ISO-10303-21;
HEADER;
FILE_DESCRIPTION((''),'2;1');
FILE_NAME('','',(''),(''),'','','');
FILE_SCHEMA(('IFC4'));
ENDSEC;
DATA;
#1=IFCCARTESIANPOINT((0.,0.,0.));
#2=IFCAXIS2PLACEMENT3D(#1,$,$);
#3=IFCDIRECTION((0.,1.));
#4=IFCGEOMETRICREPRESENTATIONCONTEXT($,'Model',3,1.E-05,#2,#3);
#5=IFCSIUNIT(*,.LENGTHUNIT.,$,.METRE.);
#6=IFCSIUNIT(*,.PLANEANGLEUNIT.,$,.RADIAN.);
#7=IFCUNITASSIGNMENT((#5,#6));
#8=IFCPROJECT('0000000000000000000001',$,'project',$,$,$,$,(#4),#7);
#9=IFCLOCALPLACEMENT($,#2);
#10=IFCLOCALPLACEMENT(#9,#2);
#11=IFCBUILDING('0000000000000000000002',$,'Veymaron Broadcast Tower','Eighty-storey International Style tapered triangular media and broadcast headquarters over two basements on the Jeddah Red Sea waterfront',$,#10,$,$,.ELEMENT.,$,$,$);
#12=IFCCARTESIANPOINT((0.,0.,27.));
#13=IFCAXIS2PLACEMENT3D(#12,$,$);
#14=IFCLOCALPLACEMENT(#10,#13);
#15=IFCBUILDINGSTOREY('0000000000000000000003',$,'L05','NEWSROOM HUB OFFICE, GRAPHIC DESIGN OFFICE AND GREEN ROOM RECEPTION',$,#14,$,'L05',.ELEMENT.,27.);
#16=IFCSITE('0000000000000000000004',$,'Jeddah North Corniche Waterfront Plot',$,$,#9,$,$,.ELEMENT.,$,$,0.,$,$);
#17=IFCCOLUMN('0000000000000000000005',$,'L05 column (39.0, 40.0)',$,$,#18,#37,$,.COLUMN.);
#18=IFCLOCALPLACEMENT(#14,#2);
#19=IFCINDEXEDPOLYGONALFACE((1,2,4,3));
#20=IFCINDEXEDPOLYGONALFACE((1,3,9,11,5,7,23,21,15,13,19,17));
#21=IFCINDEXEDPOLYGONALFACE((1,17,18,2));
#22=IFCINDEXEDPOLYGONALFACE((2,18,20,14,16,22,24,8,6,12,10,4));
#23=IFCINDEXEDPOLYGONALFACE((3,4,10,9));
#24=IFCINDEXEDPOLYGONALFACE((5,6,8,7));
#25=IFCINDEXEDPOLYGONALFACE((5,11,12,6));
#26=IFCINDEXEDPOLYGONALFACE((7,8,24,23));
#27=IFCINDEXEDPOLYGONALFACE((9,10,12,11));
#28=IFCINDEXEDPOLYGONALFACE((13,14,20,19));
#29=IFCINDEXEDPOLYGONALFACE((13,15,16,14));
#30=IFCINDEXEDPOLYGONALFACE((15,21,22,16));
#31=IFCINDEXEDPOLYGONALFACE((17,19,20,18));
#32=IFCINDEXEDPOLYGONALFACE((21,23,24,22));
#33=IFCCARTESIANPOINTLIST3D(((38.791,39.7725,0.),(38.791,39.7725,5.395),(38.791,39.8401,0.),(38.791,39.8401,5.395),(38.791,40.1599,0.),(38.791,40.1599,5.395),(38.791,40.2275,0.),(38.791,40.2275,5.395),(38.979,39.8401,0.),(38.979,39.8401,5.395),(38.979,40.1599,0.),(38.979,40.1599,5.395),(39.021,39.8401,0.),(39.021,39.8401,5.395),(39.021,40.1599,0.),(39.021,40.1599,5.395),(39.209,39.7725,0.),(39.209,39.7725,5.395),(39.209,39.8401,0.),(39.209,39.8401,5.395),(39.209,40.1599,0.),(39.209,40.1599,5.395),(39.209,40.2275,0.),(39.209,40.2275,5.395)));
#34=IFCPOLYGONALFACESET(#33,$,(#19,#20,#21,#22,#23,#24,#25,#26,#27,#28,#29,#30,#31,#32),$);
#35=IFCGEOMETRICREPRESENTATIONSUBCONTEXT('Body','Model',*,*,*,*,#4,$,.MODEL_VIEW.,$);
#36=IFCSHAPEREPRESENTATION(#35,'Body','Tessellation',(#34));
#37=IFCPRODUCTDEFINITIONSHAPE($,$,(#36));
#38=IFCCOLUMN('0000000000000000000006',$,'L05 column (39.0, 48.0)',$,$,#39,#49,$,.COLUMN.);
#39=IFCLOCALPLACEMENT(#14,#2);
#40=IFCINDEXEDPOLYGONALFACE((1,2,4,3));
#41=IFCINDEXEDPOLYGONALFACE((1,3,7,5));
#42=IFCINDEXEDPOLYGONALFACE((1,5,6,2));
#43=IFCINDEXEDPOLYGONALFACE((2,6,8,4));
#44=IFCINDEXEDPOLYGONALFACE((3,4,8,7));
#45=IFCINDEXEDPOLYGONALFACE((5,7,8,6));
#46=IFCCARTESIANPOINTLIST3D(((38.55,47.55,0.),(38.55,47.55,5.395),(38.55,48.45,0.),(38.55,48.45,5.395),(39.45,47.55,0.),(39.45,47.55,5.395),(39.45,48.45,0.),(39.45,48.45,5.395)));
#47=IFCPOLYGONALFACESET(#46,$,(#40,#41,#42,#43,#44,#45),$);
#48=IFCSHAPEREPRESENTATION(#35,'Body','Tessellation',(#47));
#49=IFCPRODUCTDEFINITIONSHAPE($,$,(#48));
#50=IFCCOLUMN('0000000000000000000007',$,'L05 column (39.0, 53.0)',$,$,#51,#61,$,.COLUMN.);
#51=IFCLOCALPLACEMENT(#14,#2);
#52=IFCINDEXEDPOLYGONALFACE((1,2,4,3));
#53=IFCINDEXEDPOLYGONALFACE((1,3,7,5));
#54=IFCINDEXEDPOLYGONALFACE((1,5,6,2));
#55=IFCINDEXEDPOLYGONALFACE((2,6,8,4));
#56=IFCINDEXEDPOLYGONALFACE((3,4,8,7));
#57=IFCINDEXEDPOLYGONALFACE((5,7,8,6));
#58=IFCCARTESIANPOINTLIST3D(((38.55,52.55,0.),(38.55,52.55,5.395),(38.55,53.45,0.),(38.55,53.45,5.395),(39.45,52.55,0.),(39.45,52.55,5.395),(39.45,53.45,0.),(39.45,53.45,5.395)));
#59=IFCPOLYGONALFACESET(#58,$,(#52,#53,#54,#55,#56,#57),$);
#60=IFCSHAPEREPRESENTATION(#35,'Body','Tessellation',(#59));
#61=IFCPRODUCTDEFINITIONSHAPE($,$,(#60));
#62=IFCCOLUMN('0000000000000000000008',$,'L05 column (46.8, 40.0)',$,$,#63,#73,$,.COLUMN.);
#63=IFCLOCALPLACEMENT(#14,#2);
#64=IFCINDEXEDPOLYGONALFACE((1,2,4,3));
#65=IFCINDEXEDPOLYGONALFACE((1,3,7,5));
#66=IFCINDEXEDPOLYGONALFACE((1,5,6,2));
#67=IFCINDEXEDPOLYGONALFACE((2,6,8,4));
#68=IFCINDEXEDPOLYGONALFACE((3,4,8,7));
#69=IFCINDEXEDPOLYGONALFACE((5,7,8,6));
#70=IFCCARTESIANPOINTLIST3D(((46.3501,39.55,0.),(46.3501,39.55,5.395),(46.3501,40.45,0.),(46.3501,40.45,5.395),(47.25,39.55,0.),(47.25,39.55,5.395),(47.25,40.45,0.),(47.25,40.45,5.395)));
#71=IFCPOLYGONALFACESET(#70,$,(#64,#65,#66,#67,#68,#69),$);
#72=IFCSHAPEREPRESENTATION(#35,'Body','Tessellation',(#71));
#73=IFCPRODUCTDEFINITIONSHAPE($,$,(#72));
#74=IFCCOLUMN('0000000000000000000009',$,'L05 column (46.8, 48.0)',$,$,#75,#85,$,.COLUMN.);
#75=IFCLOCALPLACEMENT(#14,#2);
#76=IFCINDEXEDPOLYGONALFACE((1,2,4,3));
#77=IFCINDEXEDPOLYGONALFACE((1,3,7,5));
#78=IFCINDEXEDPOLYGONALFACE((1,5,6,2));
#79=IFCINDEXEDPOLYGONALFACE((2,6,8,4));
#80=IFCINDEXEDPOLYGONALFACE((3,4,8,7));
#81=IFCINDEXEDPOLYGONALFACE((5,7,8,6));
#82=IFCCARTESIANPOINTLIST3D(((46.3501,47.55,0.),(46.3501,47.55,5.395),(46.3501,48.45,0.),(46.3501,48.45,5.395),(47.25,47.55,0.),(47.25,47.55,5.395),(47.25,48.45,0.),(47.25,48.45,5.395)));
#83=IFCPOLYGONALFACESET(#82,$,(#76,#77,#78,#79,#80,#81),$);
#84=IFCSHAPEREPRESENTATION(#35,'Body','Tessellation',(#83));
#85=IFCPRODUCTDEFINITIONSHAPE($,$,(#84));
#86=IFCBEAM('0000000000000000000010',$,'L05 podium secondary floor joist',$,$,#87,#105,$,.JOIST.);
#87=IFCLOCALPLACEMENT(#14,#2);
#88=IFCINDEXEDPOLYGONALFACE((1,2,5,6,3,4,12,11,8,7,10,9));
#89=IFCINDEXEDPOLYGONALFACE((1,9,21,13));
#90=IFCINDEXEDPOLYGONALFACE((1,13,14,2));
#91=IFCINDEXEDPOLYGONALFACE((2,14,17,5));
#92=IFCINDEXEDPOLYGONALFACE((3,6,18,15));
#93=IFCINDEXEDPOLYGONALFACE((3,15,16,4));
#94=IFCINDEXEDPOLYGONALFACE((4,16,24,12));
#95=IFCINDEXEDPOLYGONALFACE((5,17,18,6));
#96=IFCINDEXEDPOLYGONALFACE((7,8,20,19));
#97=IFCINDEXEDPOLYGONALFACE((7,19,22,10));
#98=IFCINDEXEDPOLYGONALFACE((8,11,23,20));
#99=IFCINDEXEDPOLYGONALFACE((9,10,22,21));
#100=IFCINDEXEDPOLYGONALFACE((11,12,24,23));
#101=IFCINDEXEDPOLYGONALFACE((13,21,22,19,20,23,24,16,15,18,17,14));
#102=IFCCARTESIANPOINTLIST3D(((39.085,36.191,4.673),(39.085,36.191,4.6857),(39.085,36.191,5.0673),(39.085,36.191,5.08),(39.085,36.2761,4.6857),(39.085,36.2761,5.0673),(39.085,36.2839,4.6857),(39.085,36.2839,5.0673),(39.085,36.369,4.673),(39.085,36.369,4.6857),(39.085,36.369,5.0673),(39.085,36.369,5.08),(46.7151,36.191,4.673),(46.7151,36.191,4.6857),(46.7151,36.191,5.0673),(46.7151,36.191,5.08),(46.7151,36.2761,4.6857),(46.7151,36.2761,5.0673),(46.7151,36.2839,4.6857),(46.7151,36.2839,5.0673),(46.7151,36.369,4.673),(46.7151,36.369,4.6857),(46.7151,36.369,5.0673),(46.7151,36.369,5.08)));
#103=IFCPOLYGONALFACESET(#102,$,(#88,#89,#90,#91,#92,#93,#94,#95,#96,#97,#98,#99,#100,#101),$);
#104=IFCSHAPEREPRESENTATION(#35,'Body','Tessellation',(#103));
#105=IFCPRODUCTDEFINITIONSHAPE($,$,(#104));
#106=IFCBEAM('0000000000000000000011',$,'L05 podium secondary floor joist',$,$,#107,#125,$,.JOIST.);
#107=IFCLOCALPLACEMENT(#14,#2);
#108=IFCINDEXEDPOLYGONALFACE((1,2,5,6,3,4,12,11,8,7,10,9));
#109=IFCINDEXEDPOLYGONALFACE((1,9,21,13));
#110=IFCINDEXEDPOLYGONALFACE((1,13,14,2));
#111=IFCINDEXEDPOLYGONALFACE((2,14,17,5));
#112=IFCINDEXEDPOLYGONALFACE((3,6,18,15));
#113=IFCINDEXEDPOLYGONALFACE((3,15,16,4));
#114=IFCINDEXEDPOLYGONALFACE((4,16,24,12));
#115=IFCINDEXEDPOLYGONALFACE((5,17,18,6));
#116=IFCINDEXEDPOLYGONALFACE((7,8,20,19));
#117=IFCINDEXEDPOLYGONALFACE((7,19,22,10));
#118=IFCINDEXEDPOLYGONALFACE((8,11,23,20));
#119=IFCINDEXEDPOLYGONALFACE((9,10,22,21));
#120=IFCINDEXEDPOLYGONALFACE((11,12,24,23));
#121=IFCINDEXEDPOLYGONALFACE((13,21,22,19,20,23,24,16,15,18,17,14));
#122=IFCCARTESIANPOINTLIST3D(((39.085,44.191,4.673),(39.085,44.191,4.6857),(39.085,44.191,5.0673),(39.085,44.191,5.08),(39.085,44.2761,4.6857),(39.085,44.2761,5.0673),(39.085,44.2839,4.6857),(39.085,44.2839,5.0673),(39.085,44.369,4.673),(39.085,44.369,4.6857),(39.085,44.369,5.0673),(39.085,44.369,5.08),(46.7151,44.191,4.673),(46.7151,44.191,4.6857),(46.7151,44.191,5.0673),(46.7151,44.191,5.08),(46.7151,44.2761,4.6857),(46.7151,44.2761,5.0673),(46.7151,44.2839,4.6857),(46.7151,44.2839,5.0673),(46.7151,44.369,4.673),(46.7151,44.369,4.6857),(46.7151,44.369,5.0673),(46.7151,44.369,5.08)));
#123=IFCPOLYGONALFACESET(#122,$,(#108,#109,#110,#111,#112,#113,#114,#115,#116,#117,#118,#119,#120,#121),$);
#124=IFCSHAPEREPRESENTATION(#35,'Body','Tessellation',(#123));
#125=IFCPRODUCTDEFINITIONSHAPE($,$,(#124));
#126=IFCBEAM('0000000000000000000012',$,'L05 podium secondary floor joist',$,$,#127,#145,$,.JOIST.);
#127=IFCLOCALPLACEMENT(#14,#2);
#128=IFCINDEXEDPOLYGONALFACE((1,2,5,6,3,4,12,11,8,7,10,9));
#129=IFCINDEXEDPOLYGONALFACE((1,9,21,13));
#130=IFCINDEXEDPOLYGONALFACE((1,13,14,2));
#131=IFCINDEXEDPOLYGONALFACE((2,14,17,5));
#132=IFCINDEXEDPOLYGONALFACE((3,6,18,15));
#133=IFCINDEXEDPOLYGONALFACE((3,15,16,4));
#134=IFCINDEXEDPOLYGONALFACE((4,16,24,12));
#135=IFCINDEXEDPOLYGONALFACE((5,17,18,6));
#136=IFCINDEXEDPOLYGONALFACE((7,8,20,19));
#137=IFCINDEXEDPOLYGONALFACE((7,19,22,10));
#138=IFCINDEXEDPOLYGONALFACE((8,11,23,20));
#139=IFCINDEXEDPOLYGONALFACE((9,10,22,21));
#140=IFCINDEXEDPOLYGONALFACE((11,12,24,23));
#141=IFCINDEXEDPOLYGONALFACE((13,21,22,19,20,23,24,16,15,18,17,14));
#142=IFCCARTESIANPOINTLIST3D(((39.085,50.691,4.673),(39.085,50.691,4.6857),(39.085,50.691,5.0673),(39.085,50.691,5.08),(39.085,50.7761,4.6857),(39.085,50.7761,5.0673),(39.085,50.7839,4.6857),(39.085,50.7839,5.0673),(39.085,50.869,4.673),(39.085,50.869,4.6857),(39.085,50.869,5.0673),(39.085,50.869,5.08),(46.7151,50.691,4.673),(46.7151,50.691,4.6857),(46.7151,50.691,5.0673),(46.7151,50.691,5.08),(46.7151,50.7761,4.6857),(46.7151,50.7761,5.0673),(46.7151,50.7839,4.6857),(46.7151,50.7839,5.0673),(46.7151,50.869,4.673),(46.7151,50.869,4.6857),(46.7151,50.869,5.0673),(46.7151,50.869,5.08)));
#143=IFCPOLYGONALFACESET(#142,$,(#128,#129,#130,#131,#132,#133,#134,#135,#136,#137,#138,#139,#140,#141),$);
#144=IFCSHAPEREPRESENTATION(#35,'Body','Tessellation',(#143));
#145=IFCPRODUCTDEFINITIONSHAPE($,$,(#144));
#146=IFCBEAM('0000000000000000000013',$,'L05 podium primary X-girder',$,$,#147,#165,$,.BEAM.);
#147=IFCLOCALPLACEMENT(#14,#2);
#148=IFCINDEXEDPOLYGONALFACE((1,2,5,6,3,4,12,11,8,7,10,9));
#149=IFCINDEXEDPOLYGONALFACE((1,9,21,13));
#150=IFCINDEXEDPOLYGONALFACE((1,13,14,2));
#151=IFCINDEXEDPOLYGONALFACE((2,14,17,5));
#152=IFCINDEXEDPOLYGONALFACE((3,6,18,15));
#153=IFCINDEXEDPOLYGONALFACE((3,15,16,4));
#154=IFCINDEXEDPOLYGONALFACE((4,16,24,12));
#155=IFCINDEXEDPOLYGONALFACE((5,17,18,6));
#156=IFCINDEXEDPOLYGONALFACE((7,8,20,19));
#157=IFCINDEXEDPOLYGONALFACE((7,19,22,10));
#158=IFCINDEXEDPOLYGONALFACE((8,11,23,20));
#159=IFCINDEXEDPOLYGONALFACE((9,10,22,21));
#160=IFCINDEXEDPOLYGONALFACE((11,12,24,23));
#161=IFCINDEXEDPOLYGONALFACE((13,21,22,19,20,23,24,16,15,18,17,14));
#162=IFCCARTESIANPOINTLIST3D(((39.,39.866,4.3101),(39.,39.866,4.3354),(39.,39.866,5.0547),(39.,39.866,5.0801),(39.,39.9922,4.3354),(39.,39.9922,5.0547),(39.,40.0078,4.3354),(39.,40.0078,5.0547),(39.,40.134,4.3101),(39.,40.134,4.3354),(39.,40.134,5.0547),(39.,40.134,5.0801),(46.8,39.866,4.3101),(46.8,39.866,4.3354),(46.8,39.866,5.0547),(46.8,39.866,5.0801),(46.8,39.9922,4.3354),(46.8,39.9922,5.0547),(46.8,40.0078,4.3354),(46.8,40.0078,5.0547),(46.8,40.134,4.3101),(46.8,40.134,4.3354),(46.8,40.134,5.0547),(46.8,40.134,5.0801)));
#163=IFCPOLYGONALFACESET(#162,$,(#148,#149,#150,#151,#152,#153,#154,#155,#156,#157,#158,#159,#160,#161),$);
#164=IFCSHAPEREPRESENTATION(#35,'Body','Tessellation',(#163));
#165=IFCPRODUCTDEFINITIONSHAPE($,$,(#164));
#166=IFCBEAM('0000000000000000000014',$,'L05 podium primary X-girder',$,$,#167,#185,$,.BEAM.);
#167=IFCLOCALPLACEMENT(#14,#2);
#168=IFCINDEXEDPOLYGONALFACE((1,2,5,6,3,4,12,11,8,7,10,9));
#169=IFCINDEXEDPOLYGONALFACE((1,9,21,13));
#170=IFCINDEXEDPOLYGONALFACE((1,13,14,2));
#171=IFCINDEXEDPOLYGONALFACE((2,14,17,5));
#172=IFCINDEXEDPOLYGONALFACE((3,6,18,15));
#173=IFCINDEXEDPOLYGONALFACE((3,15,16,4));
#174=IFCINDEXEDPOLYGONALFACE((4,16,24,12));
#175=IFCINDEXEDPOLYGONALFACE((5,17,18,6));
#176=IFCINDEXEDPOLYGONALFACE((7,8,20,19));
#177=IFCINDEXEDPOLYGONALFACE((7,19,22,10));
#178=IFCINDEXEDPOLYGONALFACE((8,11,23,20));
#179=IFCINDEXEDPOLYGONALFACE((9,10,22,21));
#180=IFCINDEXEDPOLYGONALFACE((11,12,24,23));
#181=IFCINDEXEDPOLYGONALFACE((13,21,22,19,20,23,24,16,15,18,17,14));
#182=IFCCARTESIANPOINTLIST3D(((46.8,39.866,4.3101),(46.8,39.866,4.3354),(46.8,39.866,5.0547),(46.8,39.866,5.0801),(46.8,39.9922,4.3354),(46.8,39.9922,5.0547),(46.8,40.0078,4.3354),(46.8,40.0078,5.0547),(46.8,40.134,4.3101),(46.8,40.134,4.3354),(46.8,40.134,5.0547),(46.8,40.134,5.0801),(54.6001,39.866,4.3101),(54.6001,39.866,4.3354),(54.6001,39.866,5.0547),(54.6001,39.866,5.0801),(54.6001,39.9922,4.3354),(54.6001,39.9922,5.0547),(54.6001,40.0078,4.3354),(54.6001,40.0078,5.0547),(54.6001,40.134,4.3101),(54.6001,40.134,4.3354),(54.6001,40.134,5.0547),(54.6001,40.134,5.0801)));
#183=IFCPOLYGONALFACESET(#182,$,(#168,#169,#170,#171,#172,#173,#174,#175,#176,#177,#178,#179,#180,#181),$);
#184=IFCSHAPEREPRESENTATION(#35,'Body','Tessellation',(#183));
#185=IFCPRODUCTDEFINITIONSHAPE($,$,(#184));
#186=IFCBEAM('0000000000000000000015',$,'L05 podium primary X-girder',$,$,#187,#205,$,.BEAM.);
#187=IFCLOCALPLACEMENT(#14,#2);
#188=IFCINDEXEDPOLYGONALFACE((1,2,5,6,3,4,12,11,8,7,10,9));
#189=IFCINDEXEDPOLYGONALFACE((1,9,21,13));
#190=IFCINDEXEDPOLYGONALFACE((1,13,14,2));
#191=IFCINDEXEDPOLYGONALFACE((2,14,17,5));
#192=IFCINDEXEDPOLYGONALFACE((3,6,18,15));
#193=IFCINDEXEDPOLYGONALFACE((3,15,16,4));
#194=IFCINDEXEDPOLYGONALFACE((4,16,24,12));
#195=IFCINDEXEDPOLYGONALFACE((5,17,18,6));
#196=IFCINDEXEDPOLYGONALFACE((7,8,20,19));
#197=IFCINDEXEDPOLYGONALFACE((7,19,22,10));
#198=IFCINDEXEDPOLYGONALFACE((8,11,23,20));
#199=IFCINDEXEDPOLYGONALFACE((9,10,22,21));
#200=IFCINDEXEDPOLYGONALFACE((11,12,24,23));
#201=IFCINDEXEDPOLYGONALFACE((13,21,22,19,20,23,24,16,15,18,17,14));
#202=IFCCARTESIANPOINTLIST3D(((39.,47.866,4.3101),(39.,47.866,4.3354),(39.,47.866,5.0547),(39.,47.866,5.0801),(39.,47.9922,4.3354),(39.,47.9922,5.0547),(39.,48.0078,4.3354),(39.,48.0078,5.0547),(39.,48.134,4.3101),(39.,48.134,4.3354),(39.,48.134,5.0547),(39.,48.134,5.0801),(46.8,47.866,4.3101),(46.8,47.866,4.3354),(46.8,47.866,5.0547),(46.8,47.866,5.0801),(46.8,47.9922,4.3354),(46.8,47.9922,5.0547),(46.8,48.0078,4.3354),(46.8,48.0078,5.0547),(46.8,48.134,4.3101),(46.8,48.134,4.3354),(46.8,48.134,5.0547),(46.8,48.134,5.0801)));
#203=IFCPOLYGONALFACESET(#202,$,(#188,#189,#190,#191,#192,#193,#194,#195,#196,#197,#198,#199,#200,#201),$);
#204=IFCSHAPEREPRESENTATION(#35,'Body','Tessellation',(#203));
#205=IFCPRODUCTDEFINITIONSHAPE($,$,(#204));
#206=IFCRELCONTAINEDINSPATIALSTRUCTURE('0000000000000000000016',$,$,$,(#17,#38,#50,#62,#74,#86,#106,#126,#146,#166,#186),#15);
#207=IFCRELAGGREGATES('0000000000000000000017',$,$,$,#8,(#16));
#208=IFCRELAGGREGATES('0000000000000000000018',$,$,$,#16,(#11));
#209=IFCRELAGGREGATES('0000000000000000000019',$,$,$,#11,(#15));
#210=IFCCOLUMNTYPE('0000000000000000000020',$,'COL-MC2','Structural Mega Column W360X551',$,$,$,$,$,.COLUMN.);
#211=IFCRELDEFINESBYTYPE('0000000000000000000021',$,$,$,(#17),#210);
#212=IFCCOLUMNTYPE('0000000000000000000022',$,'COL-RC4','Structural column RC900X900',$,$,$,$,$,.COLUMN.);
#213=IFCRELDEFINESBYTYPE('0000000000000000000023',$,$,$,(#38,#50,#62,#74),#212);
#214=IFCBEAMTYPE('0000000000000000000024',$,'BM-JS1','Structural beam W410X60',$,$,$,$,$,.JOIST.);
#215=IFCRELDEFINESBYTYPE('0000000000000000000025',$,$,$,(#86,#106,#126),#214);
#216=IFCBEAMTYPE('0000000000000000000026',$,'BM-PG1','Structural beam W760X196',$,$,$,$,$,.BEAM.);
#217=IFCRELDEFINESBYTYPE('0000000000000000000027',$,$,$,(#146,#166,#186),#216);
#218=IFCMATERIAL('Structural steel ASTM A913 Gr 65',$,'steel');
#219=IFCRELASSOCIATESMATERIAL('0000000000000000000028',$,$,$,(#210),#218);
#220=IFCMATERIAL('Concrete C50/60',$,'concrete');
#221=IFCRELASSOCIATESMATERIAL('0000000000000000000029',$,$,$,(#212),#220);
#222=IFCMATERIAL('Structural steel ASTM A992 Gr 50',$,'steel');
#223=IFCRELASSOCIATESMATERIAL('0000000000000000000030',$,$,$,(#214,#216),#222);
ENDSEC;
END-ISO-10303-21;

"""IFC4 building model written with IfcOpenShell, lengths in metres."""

from ifc_helpers import new_model, si_unit, direction, frame, origin, origin_2d, place, context, subcontext, project, spatial, rectangle, i_section, extrude, material, material_profile, profile_set, type_object, element, save


model = new_model("IFC4")

# Units and contexts
model_context = context("Model", 3, precision=1e-05, world=origin(), true_north=direction((0.0, 1.0)))
body_context = subcontext(model_context, "Body", "Model", "MODEL_VIEW")
ifc_project = project(units=[si_unit("LENGTHUNIT", "METRE"), si_unit("PLANEANGLEUNIT", "RADIAN")], contexts=[model_context])

# Site, building, storey
site_placement = place(None, origin())
site = spatial("IfcSite", under=ifc_project, at=site_placement, Name="Jeddah North Corniche Waterfront Plot", CompositionType="ELEMENT", RefElevation=0.0)
building_placement = place(site_placement, origin())
building = spatial("IfcBuilding", under=site, at=building_placement, Name="Veymaron Broadcast Tower", Description="Eighty-storey International Style tapered triangular media and broadcast headquarters over two basements on the Jeddah Red Sea waterfront", CompositionType="ELEMENT")
storey_placement = place(building_placement, frame((0.0, 0.0, 27.0)))
storey = spatial("IfcBuildingStorey", under=building, at=storey_placement, Name="L05", Description="NEWSROOM HUB OFFICE, GRAPHIC DESIGN OFFICE AND GREEN ROOM RECEPTION", LongName="L05", CompositionType="ELEMENT", Elevation=27.0)

# Columns
ifc_material_1 = material(Name="Structural steel ASTM A913 Gr 65", Category="steel")
ifc_material_profile_1 = material_profile(ifc_material_1, i_section(OverallWidth=0.418, OverallDepth=0.4551, WebThickness=0.042, FlangeThickness=0.0676, at=origin_2d()), Name="W360X551")
ifc_profile_set_1 = profile_set([ifc_material_profile_1], Name="Structural steel ASTM A913 Gr 65")
column_type_1 = type_object("IfcColumnType", Name="COL-MC2", Description="Structural Mega Column W360X551", PredefinedType="COLUMN", material=ifc_profile_set_1)
column_placement = place(storey_placement, frame((39.0, 40.0, 0.0), z_axis=(0.0, 0.0, 1.0), x_axis=(1.0, 0.0, 0.0)))
element("IfcColumn", 1, at=column_placement, inside=storey, type_object=column_type_1, Name="L05 column (39.0, 40.0)", PredefinedType="COLUMN", context=body_context, shape_type="SweptSolid", body=[
    extrude(i_section(OverallWidth=0.418, OverallDepth=0.4551, WebThickness=0.042, FlangeThickness=0.0676, at=origin_2d()), origin(), (0.0, 0.0, 1.0), 5.395),
])
ifc_material_2 = material(Name="Concrete C50/60", Category="concrete")
ifc_material_profile_2 = material_profile(ifc_material_2, rectangle(XDim=0.8999, YDim=0.8999, at=origin_2d()), Name="RC900X900")
ifc_profile_set_2 = profile_set([ifc_material_profile_2], Name="Concrete C50/60")
column_type_2 = type_object("IfcColumnType", Name="COL-RC4", Description="Structural column RC900X900", PredefinedType="COLUMN", material=ifc_profile_set_2)
for number, where, z_axis, x_axis, name in (
    (2, (39.0, 48.0, 0.0), (0.0, 0.0, 1.0), (1.0, 0.0, 0.0), "L05 column (39.0, 48.0)"),
    (3, (39.0, 53.0, 0.0), (0.0, 0.0, 1.0), (1.0, 0.0, 0.0), "L05 column (39.0, 53.0)"),
    (4, (46.8, 40.0, 0.0), (0.0, 0.0, 1.0), (1.0, 0.0, 0.0), "L05 column (46.8, 40.0)"),
    (5, (46.8, 48.0, 0.0), (0.0, 0.0, 1.0), (1.0, 0.0, 0.0), "L05 column (46.8, 48.0)"),
):
    element("IfcColumn", number, at=place(storey_placement, frame(where, z_axis=z_axis, x_axis=x_axis)), inside=storey, type_object=column_type_2, Name=name, PredefinedType="COLUMN", context=body_context, shape_type="SweptSolid", body=[
        extrude(rectangle(XDim=0.8999, YDim=0.8999, at=origin_2d()), origin(), (0.0, 0.0, 1.0), 5.395),
    ])

# Beams
ifc_material_3 = material(Name="Structural steel ASTM A992 Gr 50", Category="steel")
ifc_material_profile_3 = material_profile(ifc_material_3, i_section(OverallWidth=0.178, OverallDepth=0.407, WebThickness=0.0078, FlangeThickness=0.0127, at=origin_2d()), Name="W410X60")
ifc_profile_set_3 = profile_set([ifc_material_profile_3], Name="Structural steel ASTM A992 Gr 50")
beam_type_1 = type_object("IfcBeamType", Name="BM-JS1", Description="Structural beam W410X60", PredefinedType="JOIST", material=ifc_profile_set_3)
for number, where, z_axis, x_axis, name in (
    (6, (39.085, 36.28, 4.8765), (1.0, 0.0, 0.0), (0.0, 1.0, 0.0), "L05 podium secondary floor joist"),
    (7, (39.085, 44.28, 4.8765), (1.0, 0.0, 0.0), (0.0, 1.0, 0.0), "L05 podium secondary floor joist"),
    (8, (39.085, 50.78, 4.8765), (1.0, 0.0, 0.0), (0.0, 1.0, 0.0), "L05 podium secondary floor joist"),
):
    element("IfcBeam", number, at=place(storey_placement, frame(where, z_axis=z_axis, x_axis=x_axis)), inside=storey, type_object=beam_type_1, Name=name, PredefinedType="JOIST", context=body_context, shape_type="SweptSolid", body=[
        extrude(i_section(OverallWidth=0.178, OverallDepth=0.407, WebThickness=0.0078, FlangeThickness=0.0127, at=origin_2d()), origin(), (0.0, 0.0, 1.0), 7.6301),
    ])
ifc_material_profile_4 = material_profile(ifc_material_3, i_section(OverallWidth=0.2681, OverallDepth=0.77, WebThickness=0.0156, FlangeThickness=0.0254, at=origin_2d()), Name="W760X196")
ifc_profile_set_4 = profile_set([ifc_material_profile_4], Name="Structural steel ASTM A992 Gr 50")
beam_type_2 = type_object("IfcBeamType", Name="BM-PG1", Description="Structural beam W760X196", PredefinedType="BEAM", material=ifc_profile_set_4)
for number, where, z_axis, x_axis, name in (
    (9, (39.0, 40.0, 4.6951), (1.0, 0.0, 0.0), (0.0, 1.0, 0.0), "L05 podium primary X-girder"),
    (10, (46.8, 40.0, 4.6951), (1.0, 0.0, 0.0), (0.0, 1.0, 0.0), "L05 podium primary X-girder"),
    (11, (39.0, 48.0, 4.6951), (1.0, 0.0, 0.0), (0.0, 1.0, 0.0), "L05 podium primary X-girder"),
):
    element("IfcBeam", number, at=place(storey_placement, frame(where, z_axis=z_axis, x_axis=x_axis)), inside=storey, type_object=beam_type_2, Name=name, PredefinedType="BEAM", context=body_context, shape_type="SweptSolid", body=[
        extrude(i_section(OverallWidth=0.2681, OverallDepth=0.77, WebThickness=0.0156, FlangeThickness=0.0254, at=origin_2d()), origin(), (0.0, 0.0, 1.0), 7.8),
    ])

save(model, "model.ifc")
